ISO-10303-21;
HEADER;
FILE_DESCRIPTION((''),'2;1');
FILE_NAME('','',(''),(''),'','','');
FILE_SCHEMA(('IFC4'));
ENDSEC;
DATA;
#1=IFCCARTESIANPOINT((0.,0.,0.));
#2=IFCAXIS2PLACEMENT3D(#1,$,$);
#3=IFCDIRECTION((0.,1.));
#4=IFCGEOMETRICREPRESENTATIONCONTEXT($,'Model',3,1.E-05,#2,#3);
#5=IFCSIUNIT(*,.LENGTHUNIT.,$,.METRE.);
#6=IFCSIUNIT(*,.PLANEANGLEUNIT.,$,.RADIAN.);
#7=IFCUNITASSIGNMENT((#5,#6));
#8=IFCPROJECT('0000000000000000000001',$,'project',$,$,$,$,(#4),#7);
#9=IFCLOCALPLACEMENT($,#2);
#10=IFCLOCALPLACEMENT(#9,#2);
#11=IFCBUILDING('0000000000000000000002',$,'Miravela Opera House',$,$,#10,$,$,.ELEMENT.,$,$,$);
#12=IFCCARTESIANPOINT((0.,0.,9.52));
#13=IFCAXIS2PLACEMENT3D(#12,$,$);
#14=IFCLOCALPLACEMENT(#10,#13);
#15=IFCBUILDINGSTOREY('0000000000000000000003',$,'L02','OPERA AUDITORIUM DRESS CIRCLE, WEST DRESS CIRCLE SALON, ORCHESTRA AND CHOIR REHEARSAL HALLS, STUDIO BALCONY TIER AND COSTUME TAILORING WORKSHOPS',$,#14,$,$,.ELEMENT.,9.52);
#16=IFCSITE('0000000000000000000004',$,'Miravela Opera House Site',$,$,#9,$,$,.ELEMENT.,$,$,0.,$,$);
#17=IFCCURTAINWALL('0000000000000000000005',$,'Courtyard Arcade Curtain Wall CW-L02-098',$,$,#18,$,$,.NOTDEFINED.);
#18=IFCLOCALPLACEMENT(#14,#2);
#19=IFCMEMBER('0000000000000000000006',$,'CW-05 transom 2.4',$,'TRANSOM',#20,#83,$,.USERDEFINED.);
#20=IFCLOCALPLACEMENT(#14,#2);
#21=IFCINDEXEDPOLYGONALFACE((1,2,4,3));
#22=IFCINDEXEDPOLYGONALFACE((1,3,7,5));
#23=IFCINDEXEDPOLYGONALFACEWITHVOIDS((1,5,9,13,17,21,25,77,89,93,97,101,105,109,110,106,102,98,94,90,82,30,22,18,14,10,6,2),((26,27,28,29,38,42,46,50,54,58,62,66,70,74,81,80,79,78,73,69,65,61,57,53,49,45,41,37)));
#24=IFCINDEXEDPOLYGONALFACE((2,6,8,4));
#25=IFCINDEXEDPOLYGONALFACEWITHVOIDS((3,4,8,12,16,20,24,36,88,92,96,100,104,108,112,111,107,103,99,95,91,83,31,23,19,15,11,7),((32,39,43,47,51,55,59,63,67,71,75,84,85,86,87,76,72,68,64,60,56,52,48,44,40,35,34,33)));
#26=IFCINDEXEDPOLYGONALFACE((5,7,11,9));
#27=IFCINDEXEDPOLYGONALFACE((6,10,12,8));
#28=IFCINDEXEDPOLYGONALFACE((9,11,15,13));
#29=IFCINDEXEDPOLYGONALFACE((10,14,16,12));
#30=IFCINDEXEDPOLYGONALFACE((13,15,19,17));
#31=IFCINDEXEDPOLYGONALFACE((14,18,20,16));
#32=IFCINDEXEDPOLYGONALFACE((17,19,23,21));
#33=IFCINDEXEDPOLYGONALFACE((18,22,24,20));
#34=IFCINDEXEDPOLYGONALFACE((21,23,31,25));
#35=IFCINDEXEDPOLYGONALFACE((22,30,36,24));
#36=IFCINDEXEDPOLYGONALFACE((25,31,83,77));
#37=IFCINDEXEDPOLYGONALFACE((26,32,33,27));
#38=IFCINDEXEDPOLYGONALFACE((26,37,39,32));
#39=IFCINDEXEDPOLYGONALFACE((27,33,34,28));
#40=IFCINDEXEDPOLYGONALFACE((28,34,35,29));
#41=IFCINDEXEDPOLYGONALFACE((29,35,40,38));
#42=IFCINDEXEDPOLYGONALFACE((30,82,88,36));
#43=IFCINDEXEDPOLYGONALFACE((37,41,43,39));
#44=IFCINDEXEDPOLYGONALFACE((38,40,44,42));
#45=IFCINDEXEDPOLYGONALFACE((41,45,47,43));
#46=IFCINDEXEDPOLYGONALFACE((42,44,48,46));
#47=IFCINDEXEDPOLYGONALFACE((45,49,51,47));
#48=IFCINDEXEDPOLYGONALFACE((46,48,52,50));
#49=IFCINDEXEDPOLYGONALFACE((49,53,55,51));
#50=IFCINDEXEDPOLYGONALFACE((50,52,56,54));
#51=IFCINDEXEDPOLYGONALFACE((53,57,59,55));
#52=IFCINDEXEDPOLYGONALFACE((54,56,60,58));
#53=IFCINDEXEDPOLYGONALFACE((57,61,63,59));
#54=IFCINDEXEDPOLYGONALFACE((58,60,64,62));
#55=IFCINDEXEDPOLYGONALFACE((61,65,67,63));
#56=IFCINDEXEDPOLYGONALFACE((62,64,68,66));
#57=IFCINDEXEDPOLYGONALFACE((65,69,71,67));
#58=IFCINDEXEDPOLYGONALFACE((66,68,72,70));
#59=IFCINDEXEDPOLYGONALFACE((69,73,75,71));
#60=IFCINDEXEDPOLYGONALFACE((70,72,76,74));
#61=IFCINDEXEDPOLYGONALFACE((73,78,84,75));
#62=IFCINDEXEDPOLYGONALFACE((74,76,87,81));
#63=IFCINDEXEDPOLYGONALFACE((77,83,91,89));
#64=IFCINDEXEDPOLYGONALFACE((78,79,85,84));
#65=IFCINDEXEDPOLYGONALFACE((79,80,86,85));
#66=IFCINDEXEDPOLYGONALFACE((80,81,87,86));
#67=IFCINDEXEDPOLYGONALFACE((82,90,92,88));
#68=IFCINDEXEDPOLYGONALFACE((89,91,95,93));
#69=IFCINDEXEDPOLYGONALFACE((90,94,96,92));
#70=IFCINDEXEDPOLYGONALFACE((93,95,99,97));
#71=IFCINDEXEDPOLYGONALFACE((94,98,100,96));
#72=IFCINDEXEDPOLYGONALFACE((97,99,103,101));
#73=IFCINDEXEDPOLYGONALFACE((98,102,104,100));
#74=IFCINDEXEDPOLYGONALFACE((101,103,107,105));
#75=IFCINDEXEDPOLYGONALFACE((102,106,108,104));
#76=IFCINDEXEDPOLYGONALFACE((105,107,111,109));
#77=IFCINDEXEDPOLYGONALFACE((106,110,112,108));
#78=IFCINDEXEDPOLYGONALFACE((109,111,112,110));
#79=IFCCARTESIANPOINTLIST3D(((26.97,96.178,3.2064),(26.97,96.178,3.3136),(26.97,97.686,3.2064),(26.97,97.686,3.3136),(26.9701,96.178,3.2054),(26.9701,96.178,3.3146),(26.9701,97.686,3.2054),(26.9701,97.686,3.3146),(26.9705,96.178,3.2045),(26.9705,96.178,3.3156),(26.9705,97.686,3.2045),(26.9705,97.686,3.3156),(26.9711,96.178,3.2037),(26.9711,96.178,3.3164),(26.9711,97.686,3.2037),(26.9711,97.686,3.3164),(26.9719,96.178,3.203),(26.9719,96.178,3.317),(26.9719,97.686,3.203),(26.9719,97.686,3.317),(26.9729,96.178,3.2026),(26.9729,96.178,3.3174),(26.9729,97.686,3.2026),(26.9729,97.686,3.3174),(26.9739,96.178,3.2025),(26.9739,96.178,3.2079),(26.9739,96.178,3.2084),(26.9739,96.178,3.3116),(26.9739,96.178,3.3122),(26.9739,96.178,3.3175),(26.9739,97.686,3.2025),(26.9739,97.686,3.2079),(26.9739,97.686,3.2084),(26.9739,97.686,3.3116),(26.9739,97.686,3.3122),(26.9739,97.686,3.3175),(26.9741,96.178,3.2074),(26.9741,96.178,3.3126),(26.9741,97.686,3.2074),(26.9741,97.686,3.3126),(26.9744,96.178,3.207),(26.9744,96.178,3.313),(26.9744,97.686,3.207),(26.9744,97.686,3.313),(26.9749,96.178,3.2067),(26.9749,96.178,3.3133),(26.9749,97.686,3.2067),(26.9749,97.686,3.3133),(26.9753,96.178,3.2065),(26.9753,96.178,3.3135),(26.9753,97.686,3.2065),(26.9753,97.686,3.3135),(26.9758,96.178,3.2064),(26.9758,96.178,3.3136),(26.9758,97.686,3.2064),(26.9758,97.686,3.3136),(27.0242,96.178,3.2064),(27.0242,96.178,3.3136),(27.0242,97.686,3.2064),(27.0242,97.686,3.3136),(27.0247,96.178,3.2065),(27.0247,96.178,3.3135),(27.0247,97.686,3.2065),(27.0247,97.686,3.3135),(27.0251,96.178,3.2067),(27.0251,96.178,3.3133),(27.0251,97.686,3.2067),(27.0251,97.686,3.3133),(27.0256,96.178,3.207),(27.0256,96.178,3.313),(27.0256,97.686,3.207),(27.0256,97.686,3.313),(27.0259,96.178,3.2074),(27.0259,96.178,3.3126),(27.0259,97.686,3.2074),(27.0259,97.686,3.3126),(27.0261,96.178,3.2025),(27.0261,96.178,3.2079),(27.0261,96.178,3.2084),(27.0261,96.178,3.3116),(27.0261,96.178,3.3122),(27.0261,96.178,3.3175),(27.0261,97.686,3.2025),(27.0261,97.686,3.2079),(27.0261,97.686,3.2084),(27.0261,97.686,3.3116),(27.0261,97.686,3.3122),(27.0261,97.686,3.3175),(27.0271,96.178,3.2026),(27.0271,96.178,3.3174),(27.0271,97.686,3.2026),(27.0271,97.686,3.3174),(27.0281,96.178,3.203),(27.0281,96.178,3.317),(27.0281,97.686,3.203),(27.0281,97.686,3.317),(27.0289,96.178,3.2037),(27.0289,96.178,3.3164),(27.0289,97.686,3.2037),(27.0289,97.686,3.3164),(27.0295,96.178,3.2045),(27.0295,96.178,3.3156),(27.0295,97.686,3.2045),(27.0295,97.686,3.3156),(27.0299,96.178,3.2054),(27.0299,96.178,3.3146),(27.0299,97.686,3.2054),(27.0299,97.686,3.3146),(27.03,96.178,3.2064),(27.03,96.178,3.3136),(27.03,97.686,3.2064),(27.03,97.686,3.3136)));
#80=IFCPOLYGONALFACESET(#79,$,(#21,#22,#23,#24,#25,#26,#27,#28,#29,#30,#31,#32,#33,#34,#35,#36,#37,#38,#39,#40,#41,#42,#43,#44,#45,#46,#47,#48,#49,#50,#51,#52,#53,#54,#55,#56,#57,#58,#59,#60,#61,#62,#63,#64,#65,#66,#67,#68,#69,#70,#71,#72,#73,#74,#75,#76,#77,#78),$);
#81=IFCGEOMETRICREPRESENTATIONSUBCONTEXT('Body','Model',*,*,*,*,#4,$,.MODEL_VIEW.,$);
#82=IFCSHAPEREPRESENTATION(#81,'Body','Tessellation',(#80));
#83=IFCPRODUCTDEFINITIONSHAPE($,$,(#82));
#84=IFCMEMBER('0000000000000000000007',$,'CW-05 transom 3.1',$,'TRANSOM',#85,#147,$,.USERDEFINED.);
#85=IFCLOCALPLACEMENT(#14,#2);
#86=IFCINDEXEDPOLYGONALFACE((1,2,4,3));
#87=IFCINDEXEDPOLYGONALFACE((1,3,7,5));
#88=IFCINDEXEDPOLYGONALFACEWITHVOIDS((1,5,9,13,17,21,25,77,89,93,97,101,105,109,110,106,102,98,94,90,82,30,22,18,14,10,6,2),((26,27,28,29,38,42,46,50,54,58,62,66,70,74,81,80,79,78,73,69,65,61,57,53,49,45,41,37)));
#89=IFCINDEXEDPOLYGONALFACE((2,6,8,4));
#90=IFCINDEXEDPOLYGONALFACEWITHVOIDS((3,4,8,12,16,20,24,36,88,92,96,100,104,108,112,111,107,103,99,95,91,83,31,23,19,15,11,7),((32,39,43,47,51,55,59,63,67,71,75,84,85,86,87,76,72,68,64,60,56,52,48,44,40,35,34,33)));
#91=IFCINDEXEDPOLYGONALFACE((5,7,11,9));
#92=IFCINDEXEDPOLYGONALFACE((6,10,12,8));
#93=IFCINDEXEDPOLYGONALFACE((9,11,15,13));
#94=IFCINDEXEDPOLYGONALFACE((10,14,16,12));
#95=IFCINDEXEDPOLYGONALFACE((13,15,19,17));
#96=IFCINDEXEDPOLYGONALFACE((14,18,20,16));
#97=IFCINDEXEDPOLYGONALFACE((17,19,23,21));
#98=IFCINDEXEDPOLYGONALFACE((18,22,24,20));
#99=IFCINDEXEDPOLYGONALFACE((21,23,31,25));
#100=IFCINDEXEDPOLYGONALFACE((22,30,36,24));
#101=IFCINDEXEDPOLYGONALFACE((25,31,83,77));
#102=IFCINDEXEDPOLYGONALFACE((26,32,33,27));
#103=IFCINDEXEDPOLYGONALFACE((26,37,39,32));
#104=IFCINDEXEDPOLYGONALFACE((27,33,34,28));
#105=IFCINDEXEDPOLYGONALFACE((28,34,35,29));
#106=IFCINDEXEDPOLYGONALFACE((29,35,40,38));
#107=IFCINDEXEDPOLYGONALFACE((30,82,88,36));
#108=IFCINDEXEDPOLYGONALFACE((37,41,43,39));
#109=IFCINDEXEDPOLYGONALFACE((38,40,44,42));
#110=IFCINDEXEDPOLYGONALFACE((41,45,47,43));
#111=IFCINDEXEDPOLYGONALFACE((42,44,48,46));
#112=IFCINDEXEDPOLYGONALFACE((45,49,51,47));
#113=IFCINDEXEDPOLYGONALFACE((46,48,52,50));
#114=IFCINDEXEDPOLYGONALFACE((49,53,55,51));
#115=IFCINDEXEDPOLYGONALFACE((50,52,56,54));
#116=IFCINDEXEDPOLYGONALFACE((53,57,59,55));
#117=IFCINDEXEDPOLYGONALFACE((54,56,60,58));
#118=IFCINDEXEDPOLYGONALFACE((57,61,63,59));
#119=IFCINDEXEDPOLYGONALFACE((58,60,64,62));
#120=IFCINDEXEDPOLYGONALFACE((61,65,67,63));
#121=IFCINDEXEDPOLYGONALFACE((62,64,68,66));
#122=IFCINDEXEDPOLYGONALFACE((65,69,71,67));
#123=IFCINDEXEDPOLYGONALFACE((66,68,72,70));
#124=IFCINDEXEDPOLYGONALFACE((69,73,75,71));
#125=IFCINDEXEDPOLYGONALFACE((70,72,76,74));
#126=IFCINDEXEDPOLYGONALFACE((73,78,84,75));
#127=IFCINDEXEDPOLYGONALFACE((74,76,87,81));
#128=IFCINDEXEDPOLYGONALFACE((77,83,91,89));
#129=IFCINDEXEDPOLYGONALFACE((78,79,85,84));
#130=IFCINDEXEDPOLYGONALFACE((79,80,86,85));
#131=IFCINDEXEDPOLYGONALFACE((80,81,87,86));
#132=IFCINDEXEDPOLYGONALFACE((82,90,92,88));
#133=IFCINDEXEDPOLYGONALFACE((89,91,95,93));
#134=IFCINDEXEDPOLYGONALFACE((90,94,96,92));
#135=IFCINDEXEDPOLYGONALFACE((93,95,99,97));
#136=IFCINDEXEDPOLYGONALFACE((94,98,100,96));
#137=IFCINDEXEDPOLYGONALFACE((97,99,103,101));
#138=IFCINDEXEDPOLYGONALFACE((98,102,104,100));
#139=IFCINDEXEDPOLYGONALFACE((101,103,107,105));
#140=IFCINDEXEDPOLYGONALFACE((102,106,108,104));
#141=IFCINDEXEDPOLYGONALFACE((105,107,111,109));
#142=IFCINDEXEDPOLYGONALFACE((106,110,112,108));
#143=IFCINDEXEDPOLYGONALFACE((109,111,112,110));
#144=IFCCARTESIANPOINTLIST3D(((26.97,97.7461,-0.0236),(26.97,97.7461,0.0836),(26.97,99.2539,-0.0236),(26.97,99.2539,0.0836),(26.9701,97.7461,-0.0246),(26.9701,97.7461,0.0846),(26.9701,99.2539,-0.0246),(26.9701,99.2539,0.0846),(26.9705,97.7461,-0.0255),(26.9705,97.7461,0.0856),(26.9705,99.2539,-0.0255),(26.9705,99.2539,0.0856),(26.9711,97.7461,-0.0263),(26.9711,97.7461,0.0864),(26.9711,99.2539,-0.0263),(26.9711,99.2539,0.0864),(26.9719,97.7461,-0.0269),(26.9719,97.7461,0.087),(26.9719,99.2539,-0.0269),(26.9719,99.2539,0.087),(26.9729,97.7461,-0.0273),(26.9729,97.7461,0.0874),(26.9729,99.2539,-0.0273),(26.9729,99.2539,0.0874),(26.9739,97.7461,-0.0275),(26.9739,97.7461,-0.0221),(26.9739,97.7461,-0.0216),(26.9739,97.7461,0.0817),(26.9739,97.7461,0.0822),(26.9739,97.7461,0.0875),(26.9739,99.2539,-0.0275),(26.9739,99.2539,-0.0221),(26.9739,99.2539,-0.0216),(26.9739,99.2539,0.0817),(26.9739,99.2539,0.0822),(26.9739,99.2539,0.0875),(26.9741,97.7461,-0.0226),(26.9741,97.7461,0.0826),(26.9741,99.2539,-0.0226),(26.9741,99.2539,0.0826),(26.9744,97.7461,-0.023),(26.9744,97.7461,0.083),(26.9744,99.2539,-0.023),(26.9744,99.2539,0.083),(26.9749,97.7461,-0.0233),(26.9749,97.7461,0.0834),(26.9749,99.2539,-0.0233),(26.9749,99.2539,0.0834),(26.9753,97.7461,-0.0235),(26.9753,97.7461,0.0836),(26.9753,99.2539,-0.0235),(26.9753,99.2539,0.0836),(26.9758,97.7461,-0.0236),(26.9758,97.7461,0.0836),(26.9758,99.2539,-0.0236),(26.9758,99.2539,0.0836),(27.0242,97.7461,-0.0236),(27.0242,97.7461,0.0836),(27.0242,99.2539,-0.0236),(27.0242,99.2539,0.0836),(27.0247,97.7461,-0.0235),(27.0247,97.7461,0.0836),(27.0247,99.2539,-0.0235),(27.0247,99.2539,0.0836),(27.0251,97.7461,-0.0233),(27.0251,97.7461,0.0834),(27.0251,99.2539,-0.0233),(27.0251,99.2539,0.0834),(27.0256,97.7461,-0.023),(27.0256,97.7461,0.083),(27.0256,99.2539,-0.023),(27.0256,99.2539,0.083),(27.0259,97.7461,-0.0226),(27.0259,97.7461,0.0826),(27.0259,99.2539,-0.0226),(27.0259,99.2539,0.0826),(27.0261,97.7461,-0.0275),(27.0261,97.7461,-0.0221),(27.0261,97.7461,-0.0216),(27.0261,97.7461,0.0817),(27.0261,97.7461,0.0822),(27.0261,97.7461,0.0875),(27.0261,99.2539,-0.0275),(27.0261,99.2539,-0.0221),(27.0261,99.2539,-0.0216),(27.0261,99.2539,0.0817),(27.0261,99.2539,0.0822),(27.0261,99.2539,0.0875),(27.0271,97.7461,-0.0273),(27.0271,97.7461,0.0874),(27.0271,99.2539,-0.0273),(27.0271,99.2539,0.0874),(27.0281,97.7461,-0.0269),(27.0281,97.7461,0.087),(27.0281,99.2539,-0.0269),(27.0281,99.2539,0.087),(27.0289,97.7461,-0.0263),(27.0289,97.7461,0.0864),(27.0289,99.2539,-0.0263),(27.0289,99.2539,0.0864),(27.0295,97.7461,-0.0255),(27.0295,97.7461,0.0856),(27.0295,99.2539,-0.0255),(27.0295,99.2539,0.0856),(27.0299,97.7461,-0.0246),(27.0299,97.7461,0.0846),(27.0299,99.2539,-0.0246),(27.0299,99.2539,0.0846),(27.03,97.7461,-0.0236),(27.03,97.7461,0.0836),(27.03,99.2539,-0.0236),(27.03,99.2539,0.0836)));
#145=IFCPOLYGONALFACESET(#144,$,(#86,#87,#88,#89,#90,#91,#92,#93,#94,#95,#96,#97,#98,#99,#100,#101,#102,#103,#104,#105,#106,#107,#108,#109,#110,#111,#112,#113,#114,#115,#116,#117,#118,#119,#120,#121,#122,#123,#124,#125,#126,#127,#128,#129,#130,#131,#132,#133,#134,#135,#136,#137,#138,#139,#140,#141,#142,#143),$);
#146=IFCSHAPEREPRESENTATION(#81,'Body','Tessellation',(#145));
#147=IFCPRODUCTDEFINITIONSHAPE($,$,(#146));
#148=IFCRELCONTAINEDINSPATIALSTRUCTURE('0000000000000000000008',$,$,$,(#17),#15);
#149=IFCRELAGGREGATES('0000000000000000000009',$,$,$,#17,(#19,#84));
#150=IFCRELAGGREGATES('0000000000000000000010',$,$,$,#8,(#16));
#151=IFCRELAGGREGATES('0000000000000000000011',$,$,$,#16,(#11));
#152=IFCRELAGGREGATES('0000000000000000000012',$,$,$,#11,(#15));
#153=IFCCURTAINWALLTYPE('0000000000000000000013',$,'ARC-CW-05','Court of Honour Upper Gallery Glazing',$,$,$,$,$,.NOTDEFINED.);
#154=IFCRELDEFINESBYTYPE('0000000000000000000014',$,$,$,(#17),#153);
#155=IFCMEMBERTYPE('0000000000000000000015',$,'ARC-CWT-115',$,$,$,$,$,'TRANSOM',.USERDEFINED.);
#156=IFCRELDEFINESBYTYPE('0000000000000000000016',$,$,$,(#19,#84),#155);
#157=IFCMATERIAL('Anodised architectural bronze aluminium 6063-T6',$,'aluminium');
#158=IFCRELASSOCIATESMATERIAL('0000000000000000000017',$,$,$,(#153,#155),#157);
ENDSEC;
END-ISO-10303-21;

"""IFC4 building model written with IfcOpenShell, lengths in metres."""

from ifc_helpers import new_model, si_unit, direction, frame, origin, origin_2d, place, context, subcontext, project, spatial, hollow_rectangle, extrude, material, material_profile, profile_set, type_object, element, aggregate, save


model = new_model("IFC4")

# Units and contexts
model_context = context("Model", 3, precision=1e-05, world=origin(), true_north=direction((0.0, 1.0)))
body_context = subcontext(model_context, "Body", "Model", "MODEL_VIEW")
ifc_project = project(units=[si_unit("LENGTHUNIT", "METRE"), si_unit("PLANEANGLEUNIT", "RADIAN")], contexts=[model_context])

# Site, building, storey
site_placement = place(None, origin())
site = spatial("IfcSite", under=ifc_project, at=site_placement, Name="Miravela Opera House Site", CompositionType="ELEMENT", RefElevation=0.0)
building_placement = place(site_placement, origin())
building = spatial("IfcBuilding", under=site, at=building_placement, Name="Miravela Opera House", CompositionType="ELEMENT")
storey_placement = place(building_placement, frame((0.0, 0.0, 9.52)))
storey = spatial("IfcBuildingStorey", under=building, at=storey_placement, Name="L02", Description="OPERA AUDITORIUM DRESS CIRCLE, WEST DRESS CIRCLE SALON, ORCHESTRA AND CHOIR REHEARSAL HALLS, STUDIO BALCONY TIER AND COSTUME TAILORING WORKSHOPS", CompositionType="ELEMENT", Elevation=9.52)

# Curtain wall, members
ifc_material_1 = material(Name="Anodised architectural bronze aluminium 6063-T6", Category="aluminium")
curtain_wall_type = type_object("IfcCurtainWallType", Name="ARC-CW-05", Description="Court of Honour Upper Gallery Glazing", PredefinedType="NOTDEFINED", material=ifc_material_1)
curtain_wall_placement = place(storey_placement, origin())
curtain_wall = element("IfcCurtainWall", 1, at=curtain_wall_placement, inside=storey, type_object=curtain_wall_type, Name="Courtyard Arcade Curtain Wall CW-L02-098", PredefinedType="NOTDEFINED")
ifc_material_profile_1 = material_profile(ifc_material_1, hollow_rectangle(XDim=0.0601, YDim=0.115, WallThickness=0.0039, InnerFilletRadius=0.002, OuterFilletRadius=0.0039, at=origin_2d()), Name="CWT-60X115")
ifc_profile_set_1 = profile_set([ifc_material_profile_1])
member_type_1 = type_object("IfcMemberType", Name="ARC-CWT-115", ElementType="TRANSOM", PredefinedType="USERDEFINED", material=ifc_profile_set_1)
member_1_placement = place(storey_placement, frame((27.0, 96.178, 3.26), z_axis=(0.0, 1.0, 0.0), x_axis=(-1.0, 0.0, 0.0)))
member_1 = element("IfcMember", 2, at=member_1_placement, type_object=member_type_1, Name="CW-05 transom 2.4", ObjectType="TRANSOM", PredefinedType="USERDEFINED", context=body_context, shape_type="SweptSolid", body=[
    extrude(hollow_rectangle(XDim=0.0601, YDim=0.115, WallThickness=0.0039, InnerFilletRadius=0.002, OuterFilletRadius=0.0039, at=origin_2d()), origin(), (0.0, 0.0, 1.0), 1.5081),
])
member_2_placement = place(storey_placement, frame((27.0, 97.7461, 0.03), z_axis=(0.0, 1.0, 0.0), x_axis=(-1.0, 0.0, 0.0)))
member_2 = element("IfcMember", 3, at=member_2_placement, type_object=member_type_1, Name="CW-05 transom 3.1", ObjectType="TRANSOM", PredefinedType="USERDEFINED", context=body_context, shape_type="SweptSolid", body=[
    extrude(hollow_rectangle(XDim=0.0601, YDim=0.115, WallThickness=0.0039, InnerFilletRadius=0.002, OuterFilletRadius=0.0039, at=origin_2d()), origin(), (0.0, 0.0, 1.0), 1.5078),
])
aggregate(curtain_wall, [member_1, member_2])

save(model, "model.ifc")
